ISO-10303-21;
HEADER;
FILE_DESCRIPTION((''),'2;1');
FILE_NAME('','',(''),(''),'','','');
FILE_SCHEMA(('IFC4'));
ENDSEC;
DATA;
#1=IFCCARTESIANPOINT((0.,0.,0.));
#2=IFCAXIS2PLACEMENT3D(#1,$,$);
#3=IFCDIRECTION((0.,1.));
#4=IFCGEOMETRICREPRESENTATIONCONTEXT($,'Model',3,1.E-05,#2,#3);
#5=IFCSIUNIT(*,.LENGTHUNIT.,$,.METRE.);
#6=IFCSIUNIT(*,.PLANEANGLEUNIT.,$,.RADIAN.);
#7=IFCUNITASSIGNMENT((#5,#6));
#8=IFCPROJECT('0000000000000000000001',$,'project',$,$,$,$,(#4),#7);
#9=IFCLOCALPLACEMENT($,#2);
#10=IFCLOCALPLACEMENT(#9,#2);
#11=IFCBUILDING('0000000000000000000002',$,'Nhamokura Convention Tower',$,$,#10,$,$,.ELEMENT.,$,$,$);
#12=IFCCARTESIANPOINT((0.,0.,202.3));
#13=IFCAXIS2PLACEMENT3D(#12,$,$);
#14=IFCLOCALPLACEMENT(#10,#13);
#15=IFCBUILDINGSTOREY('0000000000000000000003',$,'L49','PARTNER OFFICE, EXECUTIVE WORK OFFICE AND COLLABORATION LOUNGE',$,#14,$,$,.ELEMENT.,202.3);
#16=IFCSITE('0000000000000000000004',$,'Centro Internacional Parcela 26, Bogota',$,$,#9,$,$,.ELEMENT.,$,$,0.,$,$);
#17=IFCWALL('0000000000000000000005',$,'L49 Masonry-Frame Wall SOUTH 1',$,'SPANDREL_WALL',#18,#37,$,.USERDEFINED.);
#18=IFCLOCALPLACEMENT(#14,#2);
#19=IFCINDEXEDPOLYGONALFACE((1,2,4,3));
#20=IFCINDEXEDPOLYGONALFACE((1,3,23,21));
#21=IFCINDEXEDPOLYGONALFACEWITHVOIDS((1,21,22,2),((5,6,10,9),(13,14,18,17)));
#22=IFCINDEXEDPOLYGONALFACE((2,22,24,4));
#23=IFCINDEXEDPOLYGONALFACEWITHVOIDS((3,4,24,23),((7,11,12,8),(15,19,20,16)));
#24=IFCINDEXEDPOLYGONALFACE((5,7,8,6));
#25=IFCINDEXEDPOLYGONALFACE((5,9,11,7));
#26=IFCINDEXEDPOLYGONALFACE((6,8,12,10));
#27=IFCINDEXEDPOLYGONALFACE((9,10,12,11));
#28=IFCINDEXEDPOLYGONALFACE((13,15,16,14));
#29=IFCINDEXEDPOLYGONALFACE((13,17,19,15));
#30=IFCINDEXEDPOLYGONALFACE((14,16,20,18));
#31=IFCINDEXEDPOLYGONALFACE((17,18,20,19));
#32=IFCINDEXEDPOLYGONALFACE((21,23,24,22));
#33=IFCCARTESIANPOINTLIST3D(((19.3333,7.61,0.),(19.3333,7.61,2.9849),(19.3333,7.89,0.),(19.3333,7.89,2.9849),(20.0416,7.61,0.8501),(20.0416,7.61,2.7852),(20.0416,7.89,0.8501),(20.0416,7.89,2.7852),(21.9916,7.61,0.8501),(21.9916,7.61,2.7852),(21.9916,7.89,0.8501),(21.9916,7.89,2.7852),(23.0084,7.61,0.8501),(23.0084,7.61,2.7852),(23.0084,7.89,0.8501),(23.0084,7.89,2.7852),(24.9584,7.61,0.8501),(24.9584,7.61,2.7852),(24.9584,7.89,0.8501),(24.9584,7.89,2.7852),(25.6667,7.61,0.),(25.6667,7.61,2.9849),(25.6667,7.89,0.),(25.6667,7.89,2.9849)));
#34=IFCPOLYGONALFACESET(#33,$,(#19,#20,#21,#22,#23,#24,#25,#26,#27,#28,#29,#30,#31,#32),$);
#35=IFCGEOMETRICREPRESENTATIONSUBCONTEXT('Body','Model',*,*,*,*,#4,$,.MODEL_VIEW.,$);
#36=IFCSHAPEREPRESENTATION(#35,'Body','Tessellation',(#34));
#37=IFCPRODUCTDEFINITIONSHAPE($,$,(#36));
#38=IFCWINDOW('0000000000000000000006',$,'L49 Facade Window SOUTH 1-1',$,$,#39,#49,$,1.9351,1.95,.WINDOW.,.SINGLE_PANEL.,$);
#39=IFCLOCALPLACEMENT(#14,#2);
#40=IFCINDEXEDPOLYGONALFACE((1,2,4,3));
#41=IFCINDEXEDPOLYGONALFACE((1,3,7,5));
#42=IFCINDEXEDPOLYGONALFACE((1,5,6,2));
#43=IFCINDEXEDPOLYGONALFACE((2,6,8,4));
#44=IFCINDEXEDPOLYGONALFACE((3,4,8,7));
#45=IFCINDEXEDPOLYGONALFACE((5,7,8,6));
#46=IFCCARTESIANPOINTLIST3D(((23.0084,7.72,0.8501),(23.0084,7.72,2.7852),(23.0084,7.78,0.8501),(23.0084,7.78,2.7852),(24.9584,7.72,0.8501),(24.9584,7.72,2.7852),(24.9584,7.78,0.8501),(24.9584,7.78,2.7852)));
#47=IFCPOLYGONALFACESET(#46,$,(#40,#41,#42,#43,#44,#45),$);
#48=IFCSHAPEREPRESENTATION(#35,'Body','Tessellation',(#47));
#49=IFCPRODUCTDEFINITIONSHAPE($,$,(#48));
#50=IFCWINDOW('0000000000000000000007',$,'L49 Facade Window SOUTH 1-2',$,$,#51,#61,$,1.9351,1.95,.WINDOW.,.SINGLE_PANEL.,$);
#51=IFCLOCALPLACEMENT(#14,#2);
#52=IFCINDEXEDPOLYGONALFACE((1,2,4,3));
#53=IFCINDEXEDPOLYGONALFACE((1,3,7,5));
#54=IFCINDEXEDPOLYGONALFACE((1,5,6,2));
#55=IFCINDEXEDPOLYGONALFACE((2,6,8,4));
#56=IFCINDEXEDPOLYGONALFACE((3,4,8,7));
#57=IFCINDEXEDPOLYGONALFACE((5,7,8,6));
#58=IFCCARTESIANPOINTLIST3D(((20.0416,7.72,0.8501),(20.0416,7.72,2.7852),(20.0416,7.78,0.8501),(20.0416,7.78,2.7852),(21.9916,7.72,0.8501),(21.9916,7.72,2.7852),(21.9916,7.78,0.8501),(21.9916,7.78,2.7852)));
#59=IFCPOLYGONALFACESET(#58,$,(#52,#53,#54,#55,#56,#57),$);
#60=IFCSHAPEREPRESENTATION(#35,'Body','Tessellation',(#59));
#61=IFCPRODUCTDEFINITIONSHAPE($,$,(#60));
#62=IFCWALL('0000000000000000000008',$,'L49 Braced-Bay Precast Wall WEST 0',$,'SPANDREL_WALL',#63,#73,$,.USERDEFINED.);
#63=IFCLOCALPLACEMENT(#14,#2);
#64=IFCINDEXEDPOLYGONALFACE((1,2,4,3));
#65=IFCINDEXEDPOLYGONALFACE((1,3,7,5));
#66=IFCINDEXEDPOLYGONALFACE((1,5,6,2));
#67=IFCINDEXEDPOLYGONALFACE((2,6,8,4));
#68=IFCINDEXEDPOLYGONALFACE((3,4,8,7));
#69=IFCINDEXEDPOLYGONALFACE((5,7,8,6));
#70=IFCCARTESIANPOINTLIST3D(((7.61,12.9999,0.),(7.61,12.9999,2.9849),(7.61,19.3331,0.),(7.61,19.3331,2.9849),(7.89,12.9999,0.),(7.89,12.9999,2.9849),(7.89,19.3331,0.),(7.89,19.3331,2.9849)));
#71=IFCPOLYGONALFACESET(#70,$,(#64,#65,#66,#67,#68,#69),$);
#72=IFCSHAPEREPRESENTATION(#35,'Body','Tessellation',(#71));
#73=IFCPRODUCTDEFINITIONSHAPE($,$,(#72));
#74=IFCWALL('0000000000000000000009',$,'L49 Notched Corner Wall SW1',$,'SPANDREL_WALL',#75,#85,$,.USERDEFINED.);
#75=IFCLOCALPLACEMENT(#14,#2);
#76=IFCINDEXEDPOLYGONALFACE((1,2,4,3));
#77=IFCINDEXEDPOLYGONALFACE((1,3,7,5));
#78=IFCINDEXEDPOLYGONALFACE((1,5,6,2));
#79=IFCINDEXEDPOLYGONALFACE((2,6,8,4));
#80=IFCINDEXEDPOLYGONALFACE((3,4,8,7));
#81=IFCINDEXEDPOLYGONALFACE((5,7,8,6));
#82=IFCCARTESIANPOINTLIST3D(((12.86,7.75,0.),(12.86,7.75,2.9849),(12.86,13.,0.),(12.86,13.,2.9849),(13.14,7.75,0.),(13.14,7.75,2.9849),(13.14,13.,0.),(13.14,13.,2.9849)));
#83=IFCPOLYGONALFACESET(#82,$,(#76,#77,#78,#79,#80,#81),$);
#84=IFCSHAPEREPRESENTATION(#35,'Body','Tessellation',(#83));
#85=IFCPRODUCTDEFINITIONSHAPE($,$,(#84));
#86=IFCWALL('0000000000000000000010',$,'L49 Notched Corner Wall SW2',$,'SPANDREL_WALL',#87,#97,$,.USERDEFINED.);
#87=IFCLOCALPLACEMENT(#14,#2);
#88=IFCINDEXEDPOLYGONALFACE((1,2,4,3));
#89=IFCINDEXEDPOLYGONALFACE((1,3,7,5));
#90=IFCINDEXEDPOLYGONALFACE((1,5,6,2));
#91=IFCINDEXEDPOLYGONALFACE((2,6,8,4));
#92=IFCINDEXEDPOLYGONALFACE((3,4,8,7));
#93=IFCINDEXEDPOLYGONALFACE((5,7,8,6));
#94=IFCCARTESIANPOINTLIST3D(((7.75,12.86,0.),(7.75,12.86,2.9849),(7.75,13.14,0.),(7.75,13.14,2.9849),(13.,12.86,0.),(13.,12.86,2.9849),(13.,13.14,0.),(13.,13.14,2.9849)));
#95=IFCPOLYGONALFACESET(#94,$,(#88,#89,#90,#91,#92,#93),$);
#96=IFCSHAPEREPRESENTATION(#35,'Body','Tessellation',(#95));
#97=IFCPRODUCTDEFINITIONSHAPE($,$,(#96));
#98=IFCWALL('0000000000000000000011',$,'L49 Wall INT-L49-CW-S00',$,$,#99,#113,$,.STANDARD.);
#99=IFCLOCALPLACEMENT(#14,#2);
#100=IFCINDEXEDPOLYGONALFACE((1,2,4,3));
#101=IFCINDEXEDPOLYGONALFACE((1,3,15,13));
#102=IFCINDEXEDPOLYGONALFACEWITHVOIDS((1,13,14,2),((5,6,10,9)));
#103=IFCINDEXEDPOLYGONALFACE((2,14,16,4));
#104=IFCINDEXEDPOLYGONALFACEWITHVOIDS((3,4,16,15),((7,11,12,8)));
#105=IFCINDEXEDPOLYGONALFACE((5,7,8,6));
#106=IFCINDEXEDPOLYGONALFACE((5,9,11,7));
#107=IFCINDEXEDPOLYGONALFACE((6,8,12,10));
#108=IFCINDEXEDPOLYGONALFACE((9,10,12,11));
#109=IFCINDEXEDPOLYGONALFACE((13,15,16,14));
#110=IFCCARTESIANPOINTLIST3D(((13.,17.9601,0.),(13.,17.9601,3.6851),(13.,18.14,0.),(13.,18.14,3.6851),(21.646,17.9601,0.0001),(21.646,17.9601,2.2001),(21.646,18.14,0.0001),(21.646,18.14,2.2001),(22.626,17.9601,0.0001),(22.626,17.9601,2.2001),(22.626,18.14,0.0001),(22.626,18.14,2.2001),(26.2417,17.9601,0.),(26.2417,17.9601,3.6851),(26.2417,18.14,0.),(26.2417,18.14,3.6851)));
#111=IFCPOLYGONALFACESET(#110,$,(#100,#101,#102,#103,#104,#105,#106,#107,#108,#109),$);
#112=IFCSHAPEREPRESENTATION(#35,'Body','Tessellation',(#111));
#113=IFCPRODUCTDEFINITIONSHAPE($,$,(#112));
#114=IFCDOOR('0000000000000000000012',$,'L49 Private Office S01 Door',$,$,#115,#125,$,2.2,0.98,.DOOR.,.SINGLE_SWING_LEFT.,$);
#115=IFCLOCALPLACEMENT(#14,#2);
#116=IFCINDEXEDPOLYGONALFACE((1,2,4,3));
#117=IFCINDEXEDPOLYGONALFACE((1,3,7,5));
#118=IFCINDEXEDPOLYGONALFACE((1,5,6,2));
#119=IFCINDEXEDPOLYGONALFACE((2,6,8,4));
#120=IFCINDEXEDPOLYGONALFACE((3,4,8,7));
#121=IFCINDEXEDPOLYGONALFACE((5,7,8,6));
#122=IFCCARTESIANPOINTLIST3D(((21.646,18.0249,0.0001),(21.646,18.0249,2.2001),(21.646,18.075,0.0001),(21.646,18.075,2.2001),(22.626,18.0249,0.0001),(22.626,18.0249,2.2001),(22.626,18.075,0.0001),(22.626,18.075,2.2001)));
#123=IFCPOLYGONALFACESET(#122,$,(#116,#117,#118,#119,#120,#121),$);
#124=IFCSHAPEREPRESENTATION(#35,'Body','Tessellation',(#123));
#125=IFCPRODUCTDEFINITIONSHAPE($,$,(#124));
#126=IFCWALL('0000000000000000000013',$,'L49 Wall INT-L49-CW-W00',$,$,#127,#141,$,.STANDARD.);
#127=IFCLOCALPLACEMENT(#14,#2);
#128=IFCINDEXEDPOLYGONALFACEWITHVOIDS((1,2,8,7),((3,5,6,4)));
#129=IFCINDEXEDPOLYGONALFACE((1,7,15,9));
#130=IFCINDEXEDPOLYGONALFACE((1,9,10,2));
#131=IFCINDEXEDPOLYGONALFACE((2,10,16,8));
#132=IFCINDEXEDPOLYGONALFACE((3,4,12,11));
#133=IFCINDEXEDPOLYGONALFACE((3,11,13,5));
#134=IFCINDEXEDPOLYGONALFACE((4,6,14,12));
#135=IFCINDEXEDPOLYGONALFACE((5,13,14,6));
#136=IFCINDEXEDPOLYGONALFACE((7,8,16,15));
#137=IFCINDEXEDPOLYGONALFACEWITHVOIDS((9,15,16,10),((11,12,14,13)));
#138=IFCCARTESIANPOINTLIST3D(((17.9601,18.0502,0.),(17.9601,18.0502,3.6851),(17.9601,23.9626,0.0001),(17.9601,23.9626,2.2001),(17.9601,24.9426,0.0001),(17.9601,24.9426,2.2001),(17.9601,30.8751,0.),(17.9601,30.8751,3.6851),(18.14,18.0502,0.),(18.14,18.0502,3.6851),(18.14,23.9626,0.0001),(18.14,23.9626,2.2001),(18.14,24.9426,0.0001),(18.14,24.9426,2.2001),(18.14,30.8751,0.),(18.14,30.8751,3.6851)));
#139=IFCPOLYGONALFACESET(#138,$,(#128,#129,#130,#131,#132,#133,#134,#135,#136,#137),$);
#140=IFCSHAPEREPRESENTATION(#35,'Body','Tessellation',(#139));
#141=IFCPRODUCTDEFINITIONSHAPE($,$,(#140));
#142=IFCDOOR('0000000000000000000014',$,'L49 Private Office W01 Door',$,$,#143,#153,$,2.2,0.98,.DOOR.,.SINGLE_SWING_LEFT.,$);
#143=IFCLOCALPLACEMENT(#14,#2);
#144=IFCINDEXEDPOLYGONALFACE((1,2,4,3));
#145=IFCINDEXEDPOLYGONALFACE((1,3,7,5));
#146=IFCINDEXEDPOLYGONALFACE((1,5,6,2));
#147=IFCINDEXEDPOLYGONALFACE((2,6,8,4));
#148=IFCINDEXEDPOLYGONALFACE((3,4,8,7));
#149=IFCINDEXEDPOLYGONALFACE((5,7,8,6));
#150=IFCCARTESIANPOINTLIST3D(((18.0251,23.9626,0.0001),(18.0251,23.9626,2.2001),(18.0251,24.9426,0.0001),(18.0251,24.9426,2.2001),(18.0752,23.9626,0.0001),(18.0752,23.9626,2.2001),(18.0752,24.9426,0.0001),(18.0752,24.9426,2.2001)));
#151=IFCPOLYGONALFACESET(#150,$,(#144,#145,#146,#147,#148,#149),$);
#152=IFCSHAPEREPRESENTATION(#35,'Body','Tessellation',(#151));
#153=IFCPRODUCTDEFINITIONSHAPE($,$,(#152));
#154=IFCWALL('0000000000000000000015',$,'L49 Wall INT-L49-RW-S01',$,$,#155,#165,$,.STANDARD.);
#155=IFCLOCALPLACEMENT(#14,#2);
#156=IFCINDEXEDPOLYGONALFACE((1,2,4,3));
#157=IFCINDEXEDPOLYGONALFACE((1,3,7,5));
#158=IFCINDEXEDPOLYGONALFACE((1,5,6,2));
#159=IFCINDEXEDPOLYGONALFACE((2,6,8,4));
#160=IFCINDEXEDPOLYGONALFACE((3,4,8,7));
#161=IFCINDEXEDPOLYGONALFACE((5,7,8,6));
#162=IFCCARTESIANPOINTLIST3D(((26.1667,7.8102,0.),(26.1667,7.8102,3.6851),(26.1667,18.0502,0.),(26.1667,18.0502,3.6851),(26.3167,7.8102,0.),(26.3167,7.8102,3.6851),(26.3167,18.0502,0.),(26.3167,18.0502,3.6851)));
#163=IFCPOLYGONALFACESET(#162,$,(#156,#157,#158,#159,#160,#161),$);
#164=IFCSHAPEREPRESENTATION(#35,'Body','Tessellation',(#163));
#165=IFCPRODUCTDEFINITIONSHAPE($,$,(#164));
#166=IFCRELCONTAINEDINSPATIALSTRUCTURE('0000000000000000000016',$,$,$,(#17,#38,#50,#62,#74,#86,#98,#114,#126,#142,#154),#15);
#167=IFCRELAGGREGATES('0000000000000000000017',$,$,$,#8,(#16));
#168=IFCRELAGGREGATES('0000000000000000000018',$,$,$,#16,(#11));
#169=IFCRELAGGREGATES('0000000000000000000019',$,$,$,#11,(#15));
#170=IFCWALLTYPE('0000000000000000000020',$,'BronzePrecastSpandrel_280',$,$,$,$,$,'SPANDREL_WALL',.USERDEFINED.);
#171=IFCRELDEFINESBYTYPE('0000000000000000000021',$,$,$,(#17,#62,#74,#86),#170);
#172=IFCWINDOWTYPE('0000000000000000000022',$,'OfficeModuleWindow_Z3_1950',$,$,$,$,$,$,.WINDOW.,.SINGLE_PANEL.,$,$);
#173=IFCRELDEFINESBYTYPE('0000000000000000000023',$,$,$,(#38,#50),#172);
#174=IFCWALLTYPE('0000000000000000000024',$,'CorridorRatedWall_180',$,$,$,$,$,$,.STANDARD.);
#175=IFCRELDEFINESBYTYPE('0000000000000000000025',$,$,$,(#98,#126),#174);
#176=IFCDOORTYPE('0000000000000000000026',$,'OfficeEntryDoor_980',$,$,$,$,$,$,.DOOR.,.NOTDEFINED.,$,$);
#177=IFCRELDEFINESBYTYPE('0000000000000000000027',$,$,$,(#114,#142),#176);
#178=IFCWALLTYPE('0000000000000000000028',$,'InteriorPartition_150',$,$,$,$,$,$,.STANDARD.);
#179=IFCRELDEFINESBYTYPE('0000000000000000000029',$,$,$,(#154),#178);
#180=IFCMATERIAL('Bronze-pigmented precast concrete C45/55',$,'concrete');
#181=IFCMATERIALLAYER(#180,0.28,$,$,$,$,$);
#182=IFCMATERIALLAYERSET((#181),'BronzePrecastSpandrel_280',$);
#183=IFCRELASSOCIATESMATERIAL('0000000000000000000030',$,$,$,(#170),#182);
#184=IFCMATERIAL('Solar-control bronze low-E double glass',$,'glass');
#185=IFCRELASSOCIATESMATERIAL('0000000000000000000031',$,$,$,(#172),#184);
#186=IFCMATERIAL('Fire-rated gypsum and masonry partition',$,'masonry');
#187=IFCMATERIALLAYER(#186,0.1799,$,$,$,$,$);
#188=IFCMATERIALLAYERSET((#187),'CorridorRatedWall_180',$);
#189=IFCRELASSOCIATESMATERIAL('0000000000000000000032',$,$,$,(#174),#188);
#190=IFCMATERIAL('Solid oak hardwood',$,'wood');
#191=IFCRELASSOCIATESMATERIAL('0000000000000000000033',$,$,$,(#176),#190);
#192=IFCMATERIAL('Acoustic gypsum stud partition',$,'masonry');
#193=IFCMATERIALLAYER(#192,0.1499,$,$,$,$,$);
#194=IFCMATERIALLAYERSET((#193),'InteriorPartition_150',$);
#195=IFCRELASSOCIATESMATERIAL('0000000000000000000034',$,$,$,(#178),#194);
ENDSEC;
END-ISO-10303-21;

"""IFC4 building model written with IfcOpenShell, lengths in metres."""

from ifc_helpers import new_model, si_unit, direction, frame, frame_2d, origin, place, context, subcontext, project, spatial, rectangle, extrude, material, layer, layer_set, type_object, element, fill, save


model = new_model("IFC4")

# Units and contexts
model_context = context("Model", 3, precision=1e-05, world=origin(), true_north=direction((0.0, 1.0)))
body_context = subcontext(model_context, "Body", "Model", "MODEL_VIEW")
ifc_project = project(units=[si_unit("LENGTHUNIT", "METRE"), si_unit("PLANEANGLEUNIT", "RADIAN")], contexts=[model_context])

# Site, building, storey
site_placement = place(None, origin())
site = spatial("IfcSite", under=ifc_project, at=site_placement, Name="Centro Internacional Parcela 26, Bogota", CompositionType="ELEMENT", RefElevation=0.0)
building_placement = place(site_placement, origin())
building = spatial("IfcBuilding", under=site, at=building_placement, Name="Nhamokura Convention Tower", CompositionType="ELEMENT")
storey_placement = place(building_placement, frame((0.0, 0.0, 202.3)))
storey = spatial("IfcBuildingStorey", under=building, at=storey_placement, Name="L49", Description="PARTNER OFFICE, EXECUTIVE WORK OFFICE AND COLLABORATION LOUNGE", CompositionType="ELEMENT", Elevation=202.3)

# Shared definitions
ifc_material_1 = material(Name="Bronze-pigmented precast concrete C45/55", Category="concrete")
ifc_layer_1 = layer(ifc_material_1, 0.28)
ifc_layer_set_1 = layer_set([ifc_layer_1], Name="BronzePrecastSpandrel_280")
wall_type_1 = type_object("IfcWallType", Name="BronzePrecastSpandrel_280", ElementType="SPANDREL_WALL", PredefinedType="USERDEFINED", material=ifc_layer_set_1)

# Wall, openings, windows
wall_1_placement = place(storey_placement, frame((25.6667, 7.75, 0.0), z_axis=(0.0, 0.0, 1.0), x_axis=(-1.0, 0.0, 0.0)))
wall_1 = element("IfcWall", 1, at=wall_1_placement, inside=storey, type_object=wall_type_1, Name="L49 Masonry-Frame Wall SOUTH 1", ObjectType="SPANDREL_WALL", PredefinedType="USERDEFINED", context=body_context, shape_type="SweptSolid", body=[
    extrude(rectangle(XDim=6.3335, YDim=0.28, at=frame_2d((3.1667, 0.0))), origin(), (0.0, 0.0, 1.0), 2.9849),
])
opening_1_placement = place(wall_1_placement, frame((0.7083, 0.0, 0.8501)))
opening_1 = element("IfcOpeningElement", 2, at=opening_1_placement, cuts=wall_1, PredefinedType="OPENING", context=body_context, shape_type="SweptSolid", body=[
    extrude(rectangle(XDim=1.95, YDim=1.9351, at=frame_2d((0.9751, 0.9675))), frame((0.0, 0.1499, 0.0), z_axis=(0.0, -1.0, 0.0), x_axis=(1.0, 0.0, 0.0)), (0.0, 0.0, 1.0), 0.3),
])
opening_2_placement = place(wall_1_placement, frame((3.675, 0.0, 0.8501)))
opening_2 = element("IfcOpeningElement", 3, at=opening_2_placement, cuts=wall_1, PredefinedType="OPENING", context=body_context, shape_type="SweptSolid", body=[
    extrude(rectangle(XDim=1.95, YDim=1.9351, at=frame_2d((0.9751, 0.9675))), frame((0.0, 0.1499, 0.0), z_axis=(0.0, -1.0, 0.0), x_axis=(1.0, 0.0, 0.0)), (0.0, 0.0, 1.0), 0.3),
])
ifc_material_2 = material(Name="Solar-control bronze low-E double glass", Category="glass")
window_type = type_object("IfcWindowType", Name="OfficeModuleWindow_Z3_1950", PartitioningType="SINGLE_PANEL", PredefinedType="WINDOW", material=ifc_material_2)
window_1_placement = place(opening_1_placement, origin())
window_1 = element("IfcWindow", 4, at=window_1_placement, inside=storey, type_object=window_type, Name="L49 Facade Window SOUTH 1-1", OverallHeight=1.9351, OverallWidth=1.95, PartitioningType="SINGLE_PANEL", PredefinedType="WINDOW", context=body_context, shape_type="SweptSolid", body=[
    extrude(rectangle(XDim=1.95, YDim=1.9351, at=frame_2d((0.9751, 0.9675))), frame((0.0, 0.03, 0.0), z_axis=(0.0, -1.0, 0.0), x_axis=(1.0, 0.0, 0.0)), (0.0, 0.0, 1.0), 0.0601),
])
fill(opening_1, window_1)
window_2_placement = place(opening_2_placement, origin())
window_2 = element("IfcWindow", 5, at=window_2_placement, inside=storey, type_object=window_type, Name="L49 Facade Window SOUTH 1-2", OverallHeight=1.9351, OverallWidth=1.95, PartitioningType="SINGLE_PANEL", PredefinedType="WINDOW", context=body_context, shape_type="SweptSolid", body=[
    extrude(rectangle(XDim=1.95, YDim=1.9351, at=frame_2d((0.9751, 0.9675))), frame((0.0, 0.03, 0.0), z_axis=(0.0, -1.0, 0.0), x_axis=(1.0, 0.0, 0.0)), (0.0, 0.0, 1.0), 0.0601),
])
fill(opening_2, window_2)

# Walls
wall_2_placement = place(storey_placement, frame((7.75, 13.0, 0.0), z_axis=(0.0, 0.0, 1.0), x_axis=(0.0, 1.0, 0.0)))
element("IfcWall", 6, at=wall_2_placement, inside=storey, type_object=wall_type_1, Name="L49 Braced-Bay Precast Wall WEST 0", ObjectType="SPANDREL_WALL", PredefinedType="USERDEFINED", context=body_context, shape_type="SweptSolid", body=[
    extrude(rectangle(XDim=6.3333, YDim=0.28, at=frame_2d((3.1665, 0.0))), origin(), (0.0, 0.0, 1.0), 2.9849),
])
for number, where, z_axis, x_axis, name in (
    (7, (13.0, 7.75, 0.0), (0.0, 0.0, 1.0), (0.0, 1.0, 0.0), "L49 Notched Corner Wall SW1"),
    (8, (13.0, 13.0, 0.0), (0.0, 0.0, 1.0), (-1.0, 0.0, 0.0), "L49 Notched Corner Wall SW2"),
):
    element("IfcWall", number, at=place(storey_placement, frame(where, z_axis=z_axis, x_axis=x_axis)), inside=storey, type_object=wall_type_1, Name=name, ObjectType="SPANDREL_WALL", PredefinedType="USERDEFINED", context=body_context, shape_type="SweptSolid", body=[
        extrude(rectangle(XDim=5.25, YDim=0.28, at=frame_2d((2.625, 0.0))), origin(), (0.0, 0.0, 1.0), 2.9849),
    ])

# Walls, openings, doors
ifc_material_3 = material(Name="Fire-rated gypsum and masonry partition", Category="masonry")
ifc_layer_2 = layer(ifc_material_3, 0.1799)
ifc_layer_set_2 = layer_set([ifc_layer_2], Name="CorridorRatedWall_180")
wall_type_2 = type_object("IfcWallType", Name="CorridorRatedWall_180", PredefinedType="STANDARD", material=ifc_layer_set_2)
wall_3_placement = place(storey_placement, frame((13.0, 18.05, 0.0), z_axis=(0.0, 0.0, 1.0), x_axis=(1.0, 0.0, 0.0)))
wall_3 = element("IfcWall", 9, at=wall_3_placement, inside=storey, type_object=wall_type_2, Name="L49 Wall INT-L49-CW-S00", PredefinedType="STANDARD", context=body_context, shape_type="SweptSolid", body=[
    extrude(rectangle(XDim=13.2417, YDim=0.1799, at=frame_2d((6.6208, 0.0))), origin(), (0.0, 0.0, 1.0), 3.6851),
])
opening_3_placement = place(wall_3_placement, frame((8.646, 0.0, 0.0)))
opening_3 = element("IfcOpeningElement", 10, at=opening_3_placement, cuts=wall_3, PredefinedType="OPENING", context=body_context, shape_type="SweptSolid", body=[
    extrude(rectangle(XDim=0.98, YDim=2.2, at=frame_2d((0.49, 1.1001))), frame((0.0, 0.0999, 0.0), z_axis=(0.0, -1.0, 0.0), x_axis=(1.0, 0.0, 0.0)), (0.0, 0.0, 1.0), 0.2),
])
ifc_material_4 = material(Name="Solid oak hardwood", Category="wood")
door_type = type_object("IfcDoorType", Name="OfficeEntryDoor_980", OperationType="NOTDEFINED", PredefinedType="DOOR", material=ifc_material_4)
door_1_placement = place(opening_3_placement, origin())
door_1 = element("IfcDoor", 11, at=door_1_placement, inside=storey, type_object=door_type, Name="L49 Private Office S01 Door", OperationType="SINGLE_SWING_LEFT", OverallHeight=2.2, OverallWidth=0.98, PredefinedType="DOOR", context=body_context, shape_type="SweptSolid", body=[
    extrude(rectangle(XDim=0.98, YDim=2.2, at=frame_2d((0.49, 1.1001))), frame((0.0, 0.0249, 0.0), z_axis=(0.0, -1.0, 0.0), x_axis=(1.0, 0.0, 0.0)), (0.0, 0.0, 1.0), 0.05),
])
fill(opening_3, door_1)
wall_4_placement = place(storey_placement, frame((18.05, 18.05, 0.0), z_axis=(0.0, 0.0, 1.0), x_axis=(0.0, 1.0, 0.0)))
wall_4 = element("IfcWall", 12, at=wall_4_placement, inside=storey, type_object=wall_type_2, Name="L49 Wall INT-L49-CW-W00", PredefinedType="STANDARD", context=body_context, shape_type="SweptSolid", body=[
    extrude(rectangle(XDim=12.825, YDim=0.1799, at=frame_2d((6.4126, 0.0))), origin(), (0.0, 0.0, 1.0), 3.6851),
])
opening_4_placement = place(wall_4_placement, frame((5.9126, 0.0, 0.0)))
opening_4 = element("IfcOpeningElement", 13, at=opening_4_placement, cuts=wall_4, PredefinedType="OPENING", context=body_context, shape_type="SweptSolid", body=[
    extrude(rectangle(XDim=0.98, YDim=2.2, at=frame_2d((0.49, 1.1001))), frame((0.0, 0.0999, 0.0), z_axis=(0.0, -1.0, 0.0), x_axis=(1.0, 0.0, 0.0)), (0.0, 0.0, 1.0), 0.2),
])
door_2_placement = place(opening_4_placement, origin())
door_2 = element("IfcDoor", 14, at=door_2_placement, inside=storey, type_object=door_type, Name="L49 Private Office W01 Door", OperationType="SINGLE_SWING_LEFT", OverallHeight=2.2, OverallWidth=0.98, PredefinedType="DOOR", context=body_context, shape_type="SweptSolid", body=[
    extrude(rectangle(XDim=0.98, YDim=2.2, at=frame_2d((0.49, 1.1001))), frame((0.0, 0.0249, 0.0), z_axis=(0.0, -1.0, 0.0), x_axis=(1.0, 0.0, 0.0)), (0.0, 0.0, 1.0), 0.05),
])
fill(opening_4, door_2)

# Wall
ifc_material_5 = material(Name="Acoustic gypsum stud partition", Category="masonry")
ifc_layer_3 = layer(ifc_material_5, 0.1499)
ifc_layer_set_3 = layer_set([ifc_layer_3], Name="InteriorPartition_150")
wall_type_3 = type_object("IfcWallType", Name="InteriorPartition_150", PredefinedType="STANDARD", material=ifc_layer_set_3)
wall_5_placement = place(storey_placement, frame((26.2417, 7.8101, 0.0), z_axis=(0.0, 0.0, 1.0), x_axis=(0.0, 1.0, 0.0)))
element("IfcWall", 15, at=wall_5_placement, inside=storey, type_object=wall_type_3, Name="L49 Wall INT-L49-RW-S01", PredefinedType="STANDARD", context=body_context, shape_type="SweptSolid", body=[
    extrude(rectangle(XDim=10.24, YDim=0.1499, at=frame_2d((5.1201, 0.0))), origin(), (0.0, 0.0, 1.0), 3.6851),
])

save(model, "model.ifc")
